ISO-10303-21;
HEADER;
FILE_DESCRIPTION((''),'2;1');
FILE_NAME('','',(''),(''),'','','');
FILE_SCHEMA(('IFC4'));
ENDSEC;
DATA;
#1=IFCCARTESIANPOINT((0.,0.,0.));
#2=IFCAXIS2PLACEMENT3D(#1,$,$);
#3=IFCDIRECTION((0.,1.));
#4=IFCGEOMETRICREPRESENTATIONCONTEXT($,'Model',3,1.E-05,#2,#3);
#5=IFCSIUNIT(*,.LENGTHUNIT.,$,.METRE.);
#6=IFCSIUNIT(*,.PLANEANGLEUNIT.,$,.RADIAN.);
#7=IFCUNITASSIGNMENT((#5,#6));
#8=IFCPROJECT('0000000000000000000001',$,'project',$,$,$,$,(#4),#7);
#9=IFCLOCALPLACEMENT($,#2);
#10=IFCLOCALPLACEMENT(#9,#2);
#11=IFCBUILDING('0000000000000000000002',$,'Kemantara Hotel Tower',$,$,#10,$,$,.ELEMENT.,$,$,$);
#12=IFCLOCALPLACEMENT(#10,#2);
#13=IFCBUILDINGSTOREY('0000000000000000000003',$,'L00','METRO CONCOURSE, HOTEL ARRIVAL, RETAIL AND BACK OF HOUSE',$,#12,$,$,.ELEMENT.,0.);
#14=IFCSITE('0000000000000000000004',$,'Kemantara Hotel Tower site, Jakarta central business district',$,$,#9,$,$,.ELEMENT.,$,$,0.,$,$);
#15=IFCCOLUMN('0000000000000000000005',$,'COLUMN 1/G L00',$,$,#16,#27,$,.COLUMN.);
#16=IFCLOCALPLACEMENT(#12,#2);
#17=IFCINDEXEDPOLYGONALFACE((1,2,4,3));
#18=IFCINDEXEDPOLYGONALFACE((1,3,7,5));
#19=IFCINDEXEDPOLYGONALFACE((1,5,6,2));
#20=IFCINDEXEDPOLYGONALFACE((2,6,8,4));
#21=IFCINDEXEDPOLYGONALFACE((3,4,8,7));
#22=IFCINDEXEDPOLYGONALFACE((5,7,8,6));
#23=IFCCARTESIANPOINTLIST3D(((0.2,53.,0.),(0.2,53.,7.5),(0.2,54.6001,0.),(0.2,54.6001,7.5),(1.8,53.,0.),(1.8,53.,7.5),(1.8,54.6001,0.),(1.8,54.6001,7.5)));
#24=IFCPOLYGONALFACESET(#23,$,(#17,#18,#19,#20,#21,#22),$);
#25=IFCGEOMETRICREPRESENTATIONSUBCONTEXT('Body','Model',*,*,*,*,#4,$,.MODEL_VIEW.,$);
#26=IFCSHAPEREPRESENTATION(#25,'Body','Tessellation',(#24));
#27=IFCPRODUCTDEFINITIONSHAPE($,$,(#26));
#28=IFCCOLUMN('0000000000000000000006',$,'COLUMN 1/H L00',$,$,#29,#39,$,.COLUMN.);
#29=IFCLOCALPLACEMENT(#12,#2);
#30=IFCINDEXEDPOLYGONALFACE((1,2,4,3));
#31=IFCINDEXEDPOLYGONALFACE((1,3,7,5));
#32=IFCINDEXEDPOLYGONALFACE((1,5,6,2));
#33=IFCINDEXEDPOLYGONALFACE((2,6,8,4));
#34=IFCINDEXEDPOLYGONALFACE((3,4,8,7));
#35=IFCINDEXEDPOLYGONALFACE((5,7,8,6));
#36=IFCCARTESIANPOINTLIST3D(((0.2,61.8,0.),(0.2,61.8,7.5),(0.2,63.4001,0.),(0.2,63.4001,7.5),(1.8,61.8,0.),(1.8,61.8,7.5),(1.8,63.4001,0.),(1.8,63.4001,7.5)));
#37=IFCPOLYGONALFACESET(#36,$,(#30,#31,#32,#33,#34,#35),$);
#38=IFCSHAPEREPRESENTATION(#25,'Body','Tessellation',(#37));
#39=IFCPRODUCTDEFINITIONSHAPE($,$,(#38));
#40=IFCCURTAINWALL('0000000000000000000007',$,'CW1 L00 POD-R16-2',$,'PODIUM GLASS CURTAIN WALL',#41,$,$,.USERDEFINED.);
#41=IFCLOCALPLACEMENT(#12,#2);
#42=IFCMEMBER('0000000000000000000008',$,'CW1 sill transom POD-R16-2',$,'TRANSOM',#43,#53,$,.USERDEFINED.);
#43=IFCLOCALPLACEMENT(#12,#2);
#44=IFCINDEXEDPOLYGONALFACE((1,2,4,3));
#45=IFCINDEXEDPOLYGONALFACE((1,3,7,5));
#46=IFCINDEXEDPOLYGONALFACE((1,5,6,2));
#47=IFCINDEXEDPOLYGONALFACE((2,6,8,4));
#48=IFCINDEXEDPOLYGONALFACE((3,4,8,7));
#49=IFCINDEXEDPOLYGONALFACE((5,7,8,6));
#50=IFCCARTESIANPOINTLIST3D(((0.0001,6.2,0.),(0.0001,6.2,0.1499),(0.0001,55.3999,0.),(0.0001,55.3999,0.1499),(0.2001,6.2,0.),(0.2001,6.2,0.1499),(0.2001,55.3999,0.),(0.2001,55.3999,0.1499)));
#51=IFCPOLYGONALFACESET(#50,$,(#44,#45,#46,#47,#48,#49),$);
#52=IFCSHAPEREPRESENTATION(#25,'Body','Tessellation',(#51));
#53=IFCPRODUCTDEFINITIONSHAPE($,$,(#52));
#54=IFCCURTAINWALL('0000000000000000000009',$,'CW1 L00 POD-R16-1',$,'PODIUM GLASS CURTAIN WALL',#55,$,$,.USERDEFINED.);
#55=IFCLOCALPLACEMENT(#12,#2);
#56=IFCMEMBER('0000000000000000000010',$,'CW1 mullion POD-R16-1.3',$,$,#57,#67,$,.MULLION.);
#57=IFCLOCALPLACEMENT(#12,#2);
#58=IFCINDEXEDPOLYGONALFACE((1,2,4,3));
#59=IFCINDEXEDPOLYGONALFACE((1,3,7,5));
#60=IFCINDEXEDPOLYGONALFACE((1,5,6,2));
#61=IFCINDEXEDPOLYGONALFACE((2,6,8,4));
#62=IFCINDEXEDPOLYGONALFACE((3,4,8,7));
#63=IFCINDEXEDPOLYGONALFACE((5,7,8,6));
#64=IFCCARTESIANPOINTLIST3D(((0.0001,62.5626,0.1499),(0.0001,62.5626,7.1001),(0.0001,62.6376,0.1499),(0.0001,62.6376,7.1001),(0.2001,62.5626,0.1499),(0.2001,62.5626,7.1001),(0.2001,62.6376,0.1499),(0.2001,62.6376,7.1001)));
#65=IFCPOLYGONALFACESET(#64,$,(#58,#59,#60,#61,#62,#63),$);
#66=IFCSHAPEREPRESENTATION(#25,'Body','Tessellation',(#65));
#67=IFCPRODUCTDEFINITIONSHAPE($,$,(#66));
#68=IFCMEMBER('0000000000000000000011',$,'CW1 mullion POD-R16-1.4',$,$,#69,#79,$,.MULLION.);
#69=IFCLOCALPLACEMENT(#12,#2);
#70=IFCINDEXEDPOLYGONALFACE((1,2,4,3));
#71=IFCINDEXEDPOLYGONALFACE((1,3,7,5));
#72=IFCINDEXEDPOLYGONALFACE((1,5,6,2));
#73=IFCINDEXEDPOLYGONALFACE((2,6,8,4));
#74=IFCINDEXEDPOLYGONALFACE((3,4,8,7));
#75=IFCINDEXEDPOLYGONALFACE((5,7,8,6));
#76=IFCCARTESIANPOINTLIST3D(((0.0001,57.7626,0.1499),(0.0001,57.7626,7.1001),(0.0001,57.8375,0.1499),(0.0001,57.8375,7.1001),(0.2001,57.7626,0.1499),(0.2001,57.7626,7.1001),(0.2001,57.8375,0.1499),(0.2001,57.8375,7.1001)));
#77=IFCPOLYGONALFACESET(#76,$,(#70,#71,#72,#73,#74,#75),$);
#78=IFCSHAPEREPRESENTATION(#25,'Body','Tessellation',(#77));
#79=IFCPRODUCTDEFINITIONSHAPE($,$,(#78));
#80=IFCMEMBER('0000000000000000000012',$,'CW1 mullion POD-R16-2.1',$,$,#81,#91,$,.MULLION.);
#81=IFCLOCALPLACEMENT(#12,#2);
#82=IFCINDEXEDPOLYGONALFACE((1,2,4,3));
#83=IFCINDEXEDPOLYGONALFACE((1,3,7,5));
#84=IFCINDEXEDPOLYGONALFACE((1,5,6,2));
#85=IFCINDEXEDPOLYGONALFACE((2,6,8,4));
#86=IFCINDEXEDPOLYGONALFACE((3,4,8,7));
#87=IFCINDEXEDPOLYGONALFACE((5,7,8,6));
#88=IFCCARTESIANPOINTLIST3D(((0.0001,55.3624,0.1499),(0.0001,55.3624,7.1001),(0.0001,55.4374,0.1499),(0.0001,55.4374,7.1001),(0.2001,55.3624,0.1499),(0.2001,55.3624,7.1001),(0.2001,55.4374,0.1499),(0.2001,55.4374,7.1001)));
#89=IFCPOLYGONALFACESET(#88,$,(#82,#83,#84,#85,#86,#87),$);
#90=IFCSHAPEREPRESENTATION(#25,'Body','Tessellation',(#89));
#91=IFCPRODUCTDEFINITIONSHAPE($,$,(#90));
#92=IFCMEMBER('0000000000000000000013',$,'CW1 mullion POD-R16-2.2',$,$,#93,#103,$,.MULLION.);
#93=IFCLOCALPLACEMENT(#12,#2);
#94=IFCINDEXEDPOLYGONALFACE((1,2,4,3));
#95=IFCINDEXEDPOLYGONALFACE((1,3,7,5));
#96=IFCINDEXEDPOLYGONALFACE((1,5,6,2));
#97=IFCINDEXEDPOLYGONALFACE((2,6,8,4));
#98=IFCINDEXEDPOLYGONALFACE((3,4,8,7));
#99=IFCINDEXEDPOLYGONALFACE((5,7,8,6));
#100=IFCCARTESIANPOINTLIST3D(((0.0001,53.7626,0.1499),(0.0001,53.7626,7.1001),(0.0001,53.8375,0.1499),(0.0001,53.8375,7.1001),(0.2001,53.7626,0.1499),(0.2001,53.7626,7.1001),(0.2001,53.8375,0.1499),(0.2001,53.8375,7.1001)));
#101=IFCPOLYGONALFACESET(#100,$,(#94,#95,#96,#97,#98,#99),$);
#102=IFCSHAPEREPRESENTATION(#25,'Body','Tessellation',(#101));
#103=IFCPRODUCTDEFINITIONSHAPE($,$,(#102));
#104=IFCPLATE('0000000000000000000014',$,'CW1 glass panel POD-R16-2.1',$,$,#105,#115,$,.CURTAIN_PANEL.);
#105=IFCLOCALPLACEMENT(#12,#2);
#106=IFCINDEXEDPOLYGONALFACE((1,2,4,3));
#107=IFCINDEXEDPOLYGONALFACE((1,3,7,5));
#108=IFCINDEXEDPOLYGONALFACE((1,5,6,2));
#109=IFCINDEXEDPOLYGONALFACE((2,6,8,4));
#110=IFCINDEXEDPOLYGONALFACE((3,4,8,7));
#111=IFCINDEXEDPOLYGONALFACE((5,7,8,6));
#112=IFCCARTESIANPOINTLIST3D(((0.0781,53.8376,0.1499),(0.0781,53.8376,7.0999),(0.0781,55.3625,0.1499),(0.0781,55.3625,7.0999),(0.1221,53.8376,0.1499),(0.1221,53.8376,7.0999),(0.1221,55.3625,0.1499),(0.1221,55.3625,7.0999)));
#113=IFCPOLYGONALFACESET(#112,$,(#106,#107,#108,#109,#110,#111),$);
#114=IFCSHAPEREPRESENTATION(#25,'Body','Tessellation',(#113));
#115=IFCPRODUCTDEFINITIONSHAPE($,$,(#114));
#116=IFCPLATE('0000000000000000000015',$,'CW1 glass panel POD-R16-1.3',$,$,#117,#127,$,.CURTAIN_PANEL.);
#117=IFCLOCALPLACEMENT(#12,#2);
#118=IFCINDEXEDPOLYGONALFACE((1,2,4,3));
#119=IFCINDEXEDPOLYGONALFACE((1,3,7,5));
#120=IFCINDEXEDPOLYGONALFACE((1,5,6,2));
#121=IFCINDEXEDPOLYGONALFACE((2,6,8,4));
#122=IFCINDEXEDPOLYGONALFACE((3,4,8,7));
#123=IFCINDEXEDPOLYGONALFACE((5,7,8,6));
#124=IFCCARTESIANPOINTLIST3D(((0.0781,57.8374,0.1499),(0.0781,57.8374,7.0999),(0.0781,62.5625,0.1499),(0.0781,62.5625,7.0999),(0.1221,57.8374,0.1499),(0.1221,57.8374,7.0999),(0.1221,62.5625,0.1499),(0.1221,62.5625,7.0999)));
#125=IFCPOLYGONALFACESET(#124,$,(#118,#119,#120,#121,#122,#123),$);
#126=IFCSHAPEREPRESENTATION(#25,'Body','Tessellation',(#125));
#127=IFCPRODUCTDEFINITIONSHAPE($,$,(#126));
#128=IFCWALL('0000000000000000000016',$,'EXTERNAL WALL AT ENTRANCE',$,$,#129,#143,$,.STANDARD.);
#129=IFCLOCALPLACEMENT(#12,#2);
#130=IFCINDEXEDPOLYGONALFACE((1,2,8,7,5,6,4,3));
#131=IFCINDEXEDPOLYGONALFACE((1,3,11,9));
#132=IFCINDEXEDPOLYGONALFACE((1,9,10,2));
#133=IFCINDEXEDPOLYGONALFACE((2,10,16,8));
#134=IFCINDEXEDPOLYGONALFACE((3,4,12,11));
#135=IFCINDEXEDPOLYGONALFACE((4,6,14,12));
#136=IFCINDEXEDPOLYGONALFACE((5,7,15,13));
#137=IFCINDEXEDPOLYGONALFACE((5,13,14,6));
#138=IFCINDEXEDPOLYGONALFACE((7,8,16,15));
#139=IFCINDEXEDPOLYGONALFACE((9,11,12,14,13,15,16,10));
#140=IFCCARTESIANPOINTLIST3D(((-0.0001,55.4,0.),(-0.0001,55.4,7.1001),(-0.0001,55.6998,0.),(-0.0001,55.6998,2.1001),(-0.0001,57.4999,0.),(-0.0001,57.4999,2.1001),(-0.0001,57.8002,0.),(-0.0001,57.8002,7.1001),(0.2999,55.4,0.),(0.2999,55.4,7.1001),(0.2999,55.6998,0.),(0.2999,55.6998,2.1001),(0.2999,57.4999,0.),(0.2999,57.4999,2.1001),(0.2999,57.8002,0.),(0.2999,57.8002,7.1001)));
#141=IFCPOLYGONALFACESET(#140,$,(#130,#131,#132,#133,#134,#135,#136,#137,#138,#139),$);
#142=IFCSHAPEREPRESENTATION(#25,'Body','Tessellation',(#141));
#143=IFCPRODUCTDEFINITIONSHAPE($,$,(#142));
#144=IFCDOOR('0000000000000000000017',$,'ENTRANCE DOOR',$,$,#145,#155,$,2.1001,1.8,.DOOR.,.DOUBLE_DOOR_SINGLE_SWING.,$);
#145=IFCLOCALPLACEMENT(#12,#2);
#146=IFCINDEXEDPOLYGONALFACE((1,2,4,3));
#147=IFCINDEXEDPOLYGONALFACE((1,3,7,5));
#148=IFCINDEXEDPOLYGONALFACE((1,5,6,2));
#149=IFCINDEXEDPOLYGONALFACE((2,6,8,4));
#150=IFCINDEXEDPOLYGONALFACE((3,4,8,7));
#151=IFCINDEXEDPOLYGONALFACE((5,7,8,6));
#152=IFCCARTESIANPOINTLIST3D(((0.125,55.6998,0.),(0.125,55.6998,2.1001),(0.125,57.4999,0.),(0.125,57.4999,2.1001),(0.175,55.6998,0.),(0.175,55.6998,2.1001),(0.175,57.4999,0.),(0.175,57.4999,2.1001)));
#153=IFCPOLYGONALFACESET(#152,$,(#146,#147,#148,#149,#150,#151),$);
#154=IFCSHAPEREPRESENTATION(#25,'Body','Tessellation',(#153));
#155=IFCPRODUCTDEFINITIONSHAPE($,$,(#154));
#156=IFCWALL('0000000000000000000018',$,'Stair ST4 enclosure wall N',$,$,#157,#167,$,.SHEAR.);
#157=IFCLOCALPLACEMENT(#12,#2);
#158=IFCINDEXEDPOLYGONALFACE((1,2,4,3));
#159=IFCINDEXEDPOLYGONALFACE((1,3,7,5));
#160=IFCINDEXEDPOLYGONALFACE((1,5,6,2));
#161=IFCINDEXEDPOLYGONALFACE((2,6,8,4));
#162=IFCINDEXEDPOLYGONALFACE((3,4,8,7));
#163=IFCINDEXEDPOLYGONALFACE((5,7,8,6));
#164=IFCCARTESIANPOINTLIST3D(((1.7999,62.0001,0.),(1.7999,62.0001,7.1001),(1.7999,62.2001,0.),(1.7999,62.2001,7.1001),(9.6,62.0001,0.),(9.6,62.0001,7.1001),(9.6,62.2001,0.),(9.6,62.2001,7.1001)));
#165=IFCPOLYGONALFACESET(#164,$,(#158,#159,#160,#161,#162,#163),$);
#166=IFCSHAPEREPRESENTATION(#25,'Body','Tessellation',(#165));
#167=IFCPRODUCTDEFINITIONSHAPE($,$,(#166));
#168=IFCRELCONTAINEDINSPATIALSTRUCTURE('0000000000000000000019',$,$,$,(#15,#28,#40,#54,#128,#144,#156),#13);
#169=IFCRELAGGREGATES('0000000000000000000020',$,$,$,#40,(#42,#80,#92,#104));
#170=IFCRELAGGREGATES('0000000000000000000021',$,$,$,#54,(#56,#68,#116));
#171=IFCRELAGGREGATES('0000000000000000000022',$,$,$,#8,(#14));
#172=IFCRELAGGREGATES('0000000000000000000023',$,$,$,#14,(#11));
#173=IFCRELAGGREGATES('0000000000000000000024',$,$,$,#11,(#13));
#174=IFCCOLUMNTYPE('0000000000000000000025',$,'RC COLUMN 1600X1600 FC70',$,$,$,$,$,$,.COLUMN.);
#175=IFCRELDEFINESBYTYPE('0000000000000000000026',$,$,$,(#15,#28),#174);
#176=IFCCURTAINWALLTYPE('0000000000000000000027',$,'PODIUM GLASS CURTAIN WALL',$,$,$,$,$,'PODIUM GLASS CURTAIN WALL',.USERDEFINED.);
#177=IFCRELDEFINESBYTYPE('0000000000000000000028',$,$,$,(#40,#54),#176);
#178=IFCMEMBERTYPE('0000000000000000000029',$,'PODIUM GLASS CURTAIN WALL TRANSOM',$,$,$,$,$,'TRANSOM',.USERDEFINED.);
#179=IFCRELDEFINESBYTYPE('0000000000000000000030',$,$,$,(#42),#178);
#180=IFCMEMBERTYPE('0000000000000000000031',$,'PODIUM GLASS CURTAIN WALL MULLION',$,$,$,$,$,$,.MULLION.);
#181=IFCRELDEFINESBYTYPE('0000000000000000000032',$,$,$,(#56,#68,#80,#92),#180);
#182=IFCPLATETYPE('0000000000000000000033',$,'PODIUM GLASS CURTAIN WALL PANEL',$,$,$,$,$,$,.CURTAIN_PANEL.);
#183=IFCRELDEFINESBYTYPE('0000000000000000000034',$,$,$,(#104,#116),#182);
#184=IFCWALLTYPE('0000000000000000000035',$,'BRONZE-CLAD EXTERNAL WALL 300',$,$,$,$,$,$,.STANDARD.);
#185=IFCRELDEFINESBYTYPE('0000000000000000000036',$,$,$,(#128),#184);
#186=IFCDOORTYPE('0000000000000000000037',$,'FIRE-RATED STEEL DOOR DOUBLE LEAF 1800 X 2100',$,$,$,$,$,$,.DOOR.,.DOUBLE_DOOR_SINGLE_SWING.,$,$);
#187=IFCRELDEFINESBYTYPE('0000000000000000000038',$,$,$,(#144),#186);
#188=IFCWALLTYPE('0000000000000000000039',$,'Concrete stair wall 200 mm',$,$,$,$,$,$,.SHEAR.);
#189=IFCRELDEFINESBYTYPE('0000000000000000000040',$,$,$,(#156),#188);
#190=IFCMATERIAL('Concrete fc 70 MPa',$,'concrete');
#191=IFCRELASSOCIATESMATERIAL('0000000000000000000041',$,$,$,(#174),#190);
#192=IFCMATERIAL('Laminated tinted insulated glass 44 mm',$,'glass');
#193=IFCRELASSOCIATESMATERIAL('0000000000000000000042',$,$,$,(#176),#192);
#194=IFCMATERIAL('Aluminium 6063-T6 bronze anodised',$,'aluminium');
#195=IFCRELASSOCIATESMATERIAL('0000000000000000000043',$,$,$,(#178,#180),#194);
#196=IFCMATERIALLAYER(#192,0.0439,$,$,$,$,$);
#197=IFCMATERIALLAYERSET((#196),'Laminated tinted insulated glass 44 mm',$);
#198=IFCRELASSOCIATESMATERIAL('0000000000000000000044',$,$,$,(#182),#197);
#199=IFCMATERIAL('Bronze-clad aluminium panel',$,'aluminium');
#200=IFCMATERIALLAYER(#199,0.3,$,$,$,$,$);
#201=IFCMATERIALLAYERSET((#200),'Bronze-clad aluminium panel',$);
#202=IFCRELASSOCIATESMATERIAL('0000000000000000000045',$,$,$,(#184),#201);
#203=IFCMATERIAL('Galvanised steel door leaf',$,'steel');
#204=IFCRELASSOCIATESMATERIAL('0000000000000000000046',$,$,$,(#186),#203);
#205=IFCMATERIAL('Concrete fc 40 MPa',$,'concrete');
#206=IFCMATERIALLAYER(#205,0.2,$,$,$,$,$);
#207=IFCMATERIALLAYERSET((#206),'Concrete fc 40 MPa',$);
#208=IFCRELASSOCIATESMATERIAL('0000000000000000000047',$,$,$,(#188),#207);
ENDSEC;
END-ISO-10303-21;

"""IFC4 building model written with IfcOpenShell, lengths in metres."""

from ifc_helpers import new_model, si_unit, direction, frame, frame_2d, origin, origin_2d, place, context, subcontext, project, spatial, rectangle, extrude, source, transform, mapped, material, layer, layer_set, material_profile, profile_set, type_object, element, fill, aggregate, save


model = new_model("IFC4")

# Units and contexts
model_context = context("Model", 3, precision=1e-05, world=origin(), true_north=direction((0.0, 1.0)))
body_context = subcontext(model_context, "Body", "Model", "MODEL_VIEW")
ifc_project = project(units=[si_unit("LENGTHUNIT", "METRE"), si_unit("PLANEANGLEUNIT", "RADIAN")], contexts=[model_context])

# Site, building, storey
site_placement = place(None, origin())
site = spatial("IfcSite", under=ifc_project, at=site_placement, Name="Kemantara Hotel Tower site, Jakarta central business district", CompositionType="ELEMENT", RefElevation=0.0)
building_placement = place(site_placement, origin())
building = spatial("IfcBuilding", under=site, at=building_placement, Name="Kemantara Hotel Tower", CompositionType="ELEMENT")
storey_placement = place(building_placement, origin())
storey = spatial("IfcBuildingStorey", under=building, at=storey_placement, Name="L00", Description="METRO CONCOURSE, HOTEL ARRIVAL, RETAIL AND BACK OF HOUSE", CompositionType="ELEMENT", Elevation=0.0)

# Columns
ifc_material_1 = material(Name="Concrete fc 70 MPa", Category="concrete")
ifc_material_profile_1 = material_profile(ifc_material_1, rectangle(XDim=1.6001, YDim=1.6001, at=origin_2d()), Name="RC 1600X1600")
ifc_profile_set_1 = profile_set([ifc_material_profile_1], Name="Concrete fc 70 MPa")
column_type = type_object("IfcColumnType", Name="RC COLUMN 1600X1600 FC70", PredefinedType="COLUMN", material=ifc_profile_set_1)
for number, where, z_axis, x_axis, name in (
    (1, (1.0, 53.8, 0.0), (0.0, 0.0, 1.0), (1.0, 0.0, 0.0), "COLUMN 1/G L00"),
    (2, (1.0, 62.6001, 0.0), (0.0, 0.0, 1.0), (1.0, 0.0, 0.0), "COLUMN 1/H L00"),
):
    element("IfcColumn", number, at=place(storey_placement, frame(where, z_axis=z_axis, x_axis=x_axis)), inside=storey, type_object=column_type, Name=name, PredefinedType="COLUMN", context=body_context, shape_type="SweptSolid", body=[
        extrude(rectangle(XDim=1.6001, YDim=1.6001, at=origin_2d()), origin(), (0.0, 0.0, 1.0), 7.5),
    ])

# Curtain wall, member
ifc_material_2 = material(Name="Laminated tinted insulated glass 44 mm", Category="glass")
curtain_wall_type = type_object("IfcCurtainWallType", Name="PODIUM GLASS CURTAIN WALL", ElementType="PODIUM GLASS CURTAIN WALL", PredefinedType="USERDEFINED", material=ifc_material_2)
curtain_wall_1_placement = place(storey_placement, origin())
curtain_wall_1 = element("IfcCurtainWall", 3, at=curtain_wall_1_placement, inside=storey, type_object=curtain_wall_type, Name="CW1 L00 POD-R16-2", ObjectType="PODIUM GLASS CURTAIN WALL", PredefinedType="USERDEFINED")
ifc_material_3 = material(Name="Aluminium 6063-T6 bronze anodised", Category="aluminium")
ifc_material_profile_2 = material_profile(ifc_material_3, rectangle(XDim=0.2, YDim=0.1499, at=origin_2d()), Name="PODIUM GLASS CURTAIN WALL TRANSOM")
ifc_profile_set_2 = profile_set([ifc_material_profile_2], Name="Aluminium 6063-T6 bronze anodised")
member_type_1 = type_object("IfcMemberType", Name="PODIUM GLASS CURTAIN WALL TRANSOM", ElementType="TRANSOM", PredefinedType="USERDEFINED", material=ifc_profile_set_2)
member_1_placement = place(storey_placement, frame((0.1001, 55.3999, 0.075), z_axis=(0.0, -1.0, 0.0), x_axis=(1.0, 0.0, 0.0)))
member_1 = element("IfcMember", 4, at=member_1_placement, type_object=member_type_1, Name="CW1 sill transom POD-R16-2", ObjectType="TRANSOM", PredefinedType="USERDEFINED", context=body_context, shape_type="SweptSolid", body=[
    extrude(rectangle(XDim=0.2, YDim=0.1499, at=origin_2d()), origin(), (0.0, 0.0, 1.0), 49.2),
])

# Curtain wall, members
curtain_wall_2_placement = place(storey_placement, origin())
curtain_wall_2 = element("IfcCurtainWall", 5, at=curtain_wall_2_placement, inside=storey, type_object=curtain_wall_type, Name="CW1 L00 POD-R16-1", ObjectType="PODIUM GLASS CURTAIN WALL", PredefinedType="USERDEFINED")
ifc_material_profile_3 = material_profile(ifc_material_3, rectangle(XDim=0.2, YDim=0.075, at=origin_2d()), Name="PODIUM GLASS CURTAIN WALL MULLION")
ifc_profile_set_3 = profile_set([ifc_material_profile_3], Name="Aluminium 6063-T6 bronze anodised")
member_type_2 = type_object("IfcMemberType", Name="PODIUM GLASS CURTAIN WALL MULLION", PredefinedType="MULLION", material=ifc_profile_set_3)
shared_shape_1 = source(origin(), body_context, "Body", "SweptSolid", [
    extrude(rectangle(XDim=0.2, YDim=0.075, at=origin_2d()), origin(), (0.0, 0.0, 1.0), 6.9502),
])
member_2_placement = place(storey_placement, frame((0.1001, 62.6001, 0.1499), z_axis=(0.0, 0.0, 1.0), x_axis=(1.0, 0.0, 0.0)))
member_2 = element("IfcMember", 6, at=member_2_placement, type_object=member_type_2, Name="CW1 mullion POD-R16-1.3", PredefinedType="MULLION", context=body_context, shape_type="MappedRepresentation", body=[
    mapped(shared_shape_1, transform((0.0, 0.0, 0.0))),
])
member_3_placement = place(storey_placement, frame((0.1001, 57.8, 0.1499), z_axis=(0.0, 0.0, 1.0), x_axis=(1.0, 0.0, 0.0)))
member_3 = element("IfcMember", 7, at=member_3_placement, type_object=member_type_2, Name="CW1 mullion POD-R16-1.4", PredefinedType="MULLION", context=body_context, shape_type="MappedRepresentation", body=[
    mapped(shared_shape_1, transform((0.0, 0.0, 0.0))),
])

# Members
member_4_placement = place(storey_placement, frame((0.1001, 55.3999, 0.1499), z_axis=(0.0, 0.0, 1.0), x_axis=(1.0, 0.0, 0.0)))
member_4 = element("IfcMember", 8, at=member_4_placement, type_object=member_type_2, Name="CW1 mullion POD-R16-2.1", PredefinedType="MULLION", context=body_context, shape_type="MappedRepresentation", body=[
    mapped(shared_shape_1, transform((0.0, 0.0, 0.0))),
])
member_5_placement = place(storey_placement, frame((0.1001, 53.8, 0.1499), z_axis=(0.0, 0.0, 1.0), x_axis=(1.0, 0.0, 0.0)))
member_5 = element("IfcMember", 9, at=member_5_placement, type_object=member_type_2, Name="CW1 mullion POD-R16-2.2", PredefinedType="MULLION", context=body_context, shape_type="MappedRepresentation", body=[
    mapped(shared_shape_1, transform((0.0, 0.0, 0.0))),
])

# Plates
ifc_layer_1 = layer(ifc_material_2, 0.0439)
ifc_layer_set_1 = layer_set([ifc_layer_1], Name="Laminated tinted insulated glass 44 mm")
plate_type = type_object("IfcPlateType", Name="PODIUM GLASS CURTAIN WALL PANEL", PredefinedType="CURTAIN_PANEL", material=ifc_layer_set_1)
shared_shape_2 = source(origin(), body_context, "Body", "SweptSolid", [
    extrude(rectangle(XDim=1.5249, YDim=0.0439, at=origin_2d()), origin(), (0.0, 0.0, 1.0), 6.95),
])
plate_1_placement = place(storey_placement, frame((0.1001, 54.6001, 0.1499), z_axis=(0.0, 0.0, 1.0), x_axis=(0.0, -1.0, 0.0)))
plate_1 = element("IfcPlate", 10, at=plate_1_placement, type_object=plate_type, Name="CW1 glass panel POD-R16-2.1", PredefinedType="CURTAIN_PANEL", context=body_context, shape_type="MappedRepresentation", body=[
    mapped(shared_shape_2, transform((0.0, 0.0, 0.0))),
])
aggregate(curtain_wall_1, [member_1, member_4, member_5, plate_1])
shared_shape_3 = source(origin(), body_context, "Body", "SweptSolid", [
    extrude(rectangle(XDim=4.7251, YDim=0.0439, at=origin_2d()), origin(), (0.0, 0.0, 1.0), 6.95),
])
plate_2_placement = place(storey_placement, frame((0.1001, 60.2, 0.1499), z_axis=(0.0, 0.0, 1.0), x_axis=(0.0, -1.0, 0.0)))
plate_2 = element("IfcPlate", 11, at=plate_2_placement, type_object=plate_type, Name="CW1 glass panel POD-R16-1.3", PredefinedType="CURTAIN_PANEL", context=body_context, shape_type="MappedRepresentation", body=[
    mapped(shared_shape_3, transform((0.0, 0.0, 0.0))),
])
aggregate(curtain_wall_2, [member_2, member_3, plate_2])

# Wall, opening, door
ifc_material_4 = material(Name="Bronze-clad aluminium panel", Category="aluminium")
ifc_layer_2 = layer(ifc_material_4, 0.3)
ifc_layer_set_2 = layer_set([ifc_layer_2], Name="Bronze-clad aluminium panel")
wall_type_1 = type_object("IfcWallType", Name="BRONZE-CLAD EXTERNAL WALL 300", PredefinedType="STANDARD", material=ifc_layer_set_2)
wall_1_placement = place(storey_placement, frame((0.1499, 55.3999, 0.0), z_axis=(0.0, 0.0, 1.0), x_axis=(0.0, 1.0, 0.0)))
wall_1 = element("IfcWall", 12, at=wall_1_placement, inside=storey, type_object=wall_type_1, Name="EXTERNAL WALL AT ENTRANCE", PredefinedType="STANDARD", context=body_context, shape_type="SweptSolid", body=[
    extrude(rectangle(XDim=2.4001, YDim=0.3, at=frame_2d((1.2002, 0.0))), origin(), (0.0, 0.0, 1.0), 7.1001),
])
opening_1_placement = place(wall_1_placement, frame((0.3, 0.0, 0.0)))
opening_1 = element("IfcOpeningElement", 13, at=opening_1_placement, cuts=wall_1, PredefinedType="OPENING", context=body_context, shape_type="SweptSolid", body=[
    extrude(rectangle(XDim=1.8, YDim=2.1001, at=frame_2d((0.8999, 1.05))), frame((0.0, 0.1599, 0.0), z_axis=(0.0, -1.0, 0.0), x_axis=(1.0, 0.0, 0.0)), (0.0, 0.0, 1.0), 0.3201),
])
ifc_material_5 = material(Name="Galvanised steel door leaf", Category="steel")
door_type_1 = type_object("IfcDoorType", Name="FIRE-RATED STEEL DOOR DOUBLE LEAF 1800 X 2100", OperationType="DOUBLE_DOOR_SINGLE_SWING", PredefinedType="DOOR", material=ifc_material_5)
door_1_placement = place(opening_1_placement, origin())
door_1 = element("IfcDoor", 14, at=door_1_placement, inside=storey, type_object=door_type_1, Name="ENTRANCE DOOR", OperationType="DOUBLE_DOOR_SINGLE_SWING", OverallHeight=2.1001, OverallWidth=1.8, PredefinedType="DOOR", context=body_context, shape_type="SweptSolid", body=[
    extrude(rectangle(XDim=1.8, YDim=2.1001, at=frame_2d((0.8999, 1.05))), frame((0.0, 0.0249, 0.0), z_axis=(0.0, -1.0, 0.0), x_axis=(1.0, 0.0, 0.0)), (0.0, 0.0, 1.0), 0.05),
])
fill(opening_1, door_1)

# Wall
ifc_material_6 = material(Name="Concrete fc 40 MPa", Category="concrete")
ifc_layer_3 = layer(ifc_material_6, 0.2)
ifc_layer_set_3 = layer_set([ifc_layer_3], Name="Concrete fc 40 MPa")
wall_type_2 = type_object("IfcWallType", Name="Concrete stair wall 200 mm", PredefinedType="SHEAR", material=ifc_layer_set_3)
wall_2_placement = place(storey_placement, frame((1.8, 62.1001, 0.0), z_axis=(0.0, 0.0, 1.0), x_axis=(1.0, 0.0, 0.0)))
element("IfcWall", 15, at=wall_2_placement, inside=storey, type_object=wall_type_2, Name="Stair ST4 enclosure wall N", PredefinedType="SHEAR", context=body_context, shape_type="SweptSolid", body=[
    extrude(rectangle(XDim=7.8, YDim=0.2, at=frame_2d((3.8999, 0.0))), origin(), (0.0, 0.0, 1.0), 7.1001),
])

save(model, "model.ifc")
